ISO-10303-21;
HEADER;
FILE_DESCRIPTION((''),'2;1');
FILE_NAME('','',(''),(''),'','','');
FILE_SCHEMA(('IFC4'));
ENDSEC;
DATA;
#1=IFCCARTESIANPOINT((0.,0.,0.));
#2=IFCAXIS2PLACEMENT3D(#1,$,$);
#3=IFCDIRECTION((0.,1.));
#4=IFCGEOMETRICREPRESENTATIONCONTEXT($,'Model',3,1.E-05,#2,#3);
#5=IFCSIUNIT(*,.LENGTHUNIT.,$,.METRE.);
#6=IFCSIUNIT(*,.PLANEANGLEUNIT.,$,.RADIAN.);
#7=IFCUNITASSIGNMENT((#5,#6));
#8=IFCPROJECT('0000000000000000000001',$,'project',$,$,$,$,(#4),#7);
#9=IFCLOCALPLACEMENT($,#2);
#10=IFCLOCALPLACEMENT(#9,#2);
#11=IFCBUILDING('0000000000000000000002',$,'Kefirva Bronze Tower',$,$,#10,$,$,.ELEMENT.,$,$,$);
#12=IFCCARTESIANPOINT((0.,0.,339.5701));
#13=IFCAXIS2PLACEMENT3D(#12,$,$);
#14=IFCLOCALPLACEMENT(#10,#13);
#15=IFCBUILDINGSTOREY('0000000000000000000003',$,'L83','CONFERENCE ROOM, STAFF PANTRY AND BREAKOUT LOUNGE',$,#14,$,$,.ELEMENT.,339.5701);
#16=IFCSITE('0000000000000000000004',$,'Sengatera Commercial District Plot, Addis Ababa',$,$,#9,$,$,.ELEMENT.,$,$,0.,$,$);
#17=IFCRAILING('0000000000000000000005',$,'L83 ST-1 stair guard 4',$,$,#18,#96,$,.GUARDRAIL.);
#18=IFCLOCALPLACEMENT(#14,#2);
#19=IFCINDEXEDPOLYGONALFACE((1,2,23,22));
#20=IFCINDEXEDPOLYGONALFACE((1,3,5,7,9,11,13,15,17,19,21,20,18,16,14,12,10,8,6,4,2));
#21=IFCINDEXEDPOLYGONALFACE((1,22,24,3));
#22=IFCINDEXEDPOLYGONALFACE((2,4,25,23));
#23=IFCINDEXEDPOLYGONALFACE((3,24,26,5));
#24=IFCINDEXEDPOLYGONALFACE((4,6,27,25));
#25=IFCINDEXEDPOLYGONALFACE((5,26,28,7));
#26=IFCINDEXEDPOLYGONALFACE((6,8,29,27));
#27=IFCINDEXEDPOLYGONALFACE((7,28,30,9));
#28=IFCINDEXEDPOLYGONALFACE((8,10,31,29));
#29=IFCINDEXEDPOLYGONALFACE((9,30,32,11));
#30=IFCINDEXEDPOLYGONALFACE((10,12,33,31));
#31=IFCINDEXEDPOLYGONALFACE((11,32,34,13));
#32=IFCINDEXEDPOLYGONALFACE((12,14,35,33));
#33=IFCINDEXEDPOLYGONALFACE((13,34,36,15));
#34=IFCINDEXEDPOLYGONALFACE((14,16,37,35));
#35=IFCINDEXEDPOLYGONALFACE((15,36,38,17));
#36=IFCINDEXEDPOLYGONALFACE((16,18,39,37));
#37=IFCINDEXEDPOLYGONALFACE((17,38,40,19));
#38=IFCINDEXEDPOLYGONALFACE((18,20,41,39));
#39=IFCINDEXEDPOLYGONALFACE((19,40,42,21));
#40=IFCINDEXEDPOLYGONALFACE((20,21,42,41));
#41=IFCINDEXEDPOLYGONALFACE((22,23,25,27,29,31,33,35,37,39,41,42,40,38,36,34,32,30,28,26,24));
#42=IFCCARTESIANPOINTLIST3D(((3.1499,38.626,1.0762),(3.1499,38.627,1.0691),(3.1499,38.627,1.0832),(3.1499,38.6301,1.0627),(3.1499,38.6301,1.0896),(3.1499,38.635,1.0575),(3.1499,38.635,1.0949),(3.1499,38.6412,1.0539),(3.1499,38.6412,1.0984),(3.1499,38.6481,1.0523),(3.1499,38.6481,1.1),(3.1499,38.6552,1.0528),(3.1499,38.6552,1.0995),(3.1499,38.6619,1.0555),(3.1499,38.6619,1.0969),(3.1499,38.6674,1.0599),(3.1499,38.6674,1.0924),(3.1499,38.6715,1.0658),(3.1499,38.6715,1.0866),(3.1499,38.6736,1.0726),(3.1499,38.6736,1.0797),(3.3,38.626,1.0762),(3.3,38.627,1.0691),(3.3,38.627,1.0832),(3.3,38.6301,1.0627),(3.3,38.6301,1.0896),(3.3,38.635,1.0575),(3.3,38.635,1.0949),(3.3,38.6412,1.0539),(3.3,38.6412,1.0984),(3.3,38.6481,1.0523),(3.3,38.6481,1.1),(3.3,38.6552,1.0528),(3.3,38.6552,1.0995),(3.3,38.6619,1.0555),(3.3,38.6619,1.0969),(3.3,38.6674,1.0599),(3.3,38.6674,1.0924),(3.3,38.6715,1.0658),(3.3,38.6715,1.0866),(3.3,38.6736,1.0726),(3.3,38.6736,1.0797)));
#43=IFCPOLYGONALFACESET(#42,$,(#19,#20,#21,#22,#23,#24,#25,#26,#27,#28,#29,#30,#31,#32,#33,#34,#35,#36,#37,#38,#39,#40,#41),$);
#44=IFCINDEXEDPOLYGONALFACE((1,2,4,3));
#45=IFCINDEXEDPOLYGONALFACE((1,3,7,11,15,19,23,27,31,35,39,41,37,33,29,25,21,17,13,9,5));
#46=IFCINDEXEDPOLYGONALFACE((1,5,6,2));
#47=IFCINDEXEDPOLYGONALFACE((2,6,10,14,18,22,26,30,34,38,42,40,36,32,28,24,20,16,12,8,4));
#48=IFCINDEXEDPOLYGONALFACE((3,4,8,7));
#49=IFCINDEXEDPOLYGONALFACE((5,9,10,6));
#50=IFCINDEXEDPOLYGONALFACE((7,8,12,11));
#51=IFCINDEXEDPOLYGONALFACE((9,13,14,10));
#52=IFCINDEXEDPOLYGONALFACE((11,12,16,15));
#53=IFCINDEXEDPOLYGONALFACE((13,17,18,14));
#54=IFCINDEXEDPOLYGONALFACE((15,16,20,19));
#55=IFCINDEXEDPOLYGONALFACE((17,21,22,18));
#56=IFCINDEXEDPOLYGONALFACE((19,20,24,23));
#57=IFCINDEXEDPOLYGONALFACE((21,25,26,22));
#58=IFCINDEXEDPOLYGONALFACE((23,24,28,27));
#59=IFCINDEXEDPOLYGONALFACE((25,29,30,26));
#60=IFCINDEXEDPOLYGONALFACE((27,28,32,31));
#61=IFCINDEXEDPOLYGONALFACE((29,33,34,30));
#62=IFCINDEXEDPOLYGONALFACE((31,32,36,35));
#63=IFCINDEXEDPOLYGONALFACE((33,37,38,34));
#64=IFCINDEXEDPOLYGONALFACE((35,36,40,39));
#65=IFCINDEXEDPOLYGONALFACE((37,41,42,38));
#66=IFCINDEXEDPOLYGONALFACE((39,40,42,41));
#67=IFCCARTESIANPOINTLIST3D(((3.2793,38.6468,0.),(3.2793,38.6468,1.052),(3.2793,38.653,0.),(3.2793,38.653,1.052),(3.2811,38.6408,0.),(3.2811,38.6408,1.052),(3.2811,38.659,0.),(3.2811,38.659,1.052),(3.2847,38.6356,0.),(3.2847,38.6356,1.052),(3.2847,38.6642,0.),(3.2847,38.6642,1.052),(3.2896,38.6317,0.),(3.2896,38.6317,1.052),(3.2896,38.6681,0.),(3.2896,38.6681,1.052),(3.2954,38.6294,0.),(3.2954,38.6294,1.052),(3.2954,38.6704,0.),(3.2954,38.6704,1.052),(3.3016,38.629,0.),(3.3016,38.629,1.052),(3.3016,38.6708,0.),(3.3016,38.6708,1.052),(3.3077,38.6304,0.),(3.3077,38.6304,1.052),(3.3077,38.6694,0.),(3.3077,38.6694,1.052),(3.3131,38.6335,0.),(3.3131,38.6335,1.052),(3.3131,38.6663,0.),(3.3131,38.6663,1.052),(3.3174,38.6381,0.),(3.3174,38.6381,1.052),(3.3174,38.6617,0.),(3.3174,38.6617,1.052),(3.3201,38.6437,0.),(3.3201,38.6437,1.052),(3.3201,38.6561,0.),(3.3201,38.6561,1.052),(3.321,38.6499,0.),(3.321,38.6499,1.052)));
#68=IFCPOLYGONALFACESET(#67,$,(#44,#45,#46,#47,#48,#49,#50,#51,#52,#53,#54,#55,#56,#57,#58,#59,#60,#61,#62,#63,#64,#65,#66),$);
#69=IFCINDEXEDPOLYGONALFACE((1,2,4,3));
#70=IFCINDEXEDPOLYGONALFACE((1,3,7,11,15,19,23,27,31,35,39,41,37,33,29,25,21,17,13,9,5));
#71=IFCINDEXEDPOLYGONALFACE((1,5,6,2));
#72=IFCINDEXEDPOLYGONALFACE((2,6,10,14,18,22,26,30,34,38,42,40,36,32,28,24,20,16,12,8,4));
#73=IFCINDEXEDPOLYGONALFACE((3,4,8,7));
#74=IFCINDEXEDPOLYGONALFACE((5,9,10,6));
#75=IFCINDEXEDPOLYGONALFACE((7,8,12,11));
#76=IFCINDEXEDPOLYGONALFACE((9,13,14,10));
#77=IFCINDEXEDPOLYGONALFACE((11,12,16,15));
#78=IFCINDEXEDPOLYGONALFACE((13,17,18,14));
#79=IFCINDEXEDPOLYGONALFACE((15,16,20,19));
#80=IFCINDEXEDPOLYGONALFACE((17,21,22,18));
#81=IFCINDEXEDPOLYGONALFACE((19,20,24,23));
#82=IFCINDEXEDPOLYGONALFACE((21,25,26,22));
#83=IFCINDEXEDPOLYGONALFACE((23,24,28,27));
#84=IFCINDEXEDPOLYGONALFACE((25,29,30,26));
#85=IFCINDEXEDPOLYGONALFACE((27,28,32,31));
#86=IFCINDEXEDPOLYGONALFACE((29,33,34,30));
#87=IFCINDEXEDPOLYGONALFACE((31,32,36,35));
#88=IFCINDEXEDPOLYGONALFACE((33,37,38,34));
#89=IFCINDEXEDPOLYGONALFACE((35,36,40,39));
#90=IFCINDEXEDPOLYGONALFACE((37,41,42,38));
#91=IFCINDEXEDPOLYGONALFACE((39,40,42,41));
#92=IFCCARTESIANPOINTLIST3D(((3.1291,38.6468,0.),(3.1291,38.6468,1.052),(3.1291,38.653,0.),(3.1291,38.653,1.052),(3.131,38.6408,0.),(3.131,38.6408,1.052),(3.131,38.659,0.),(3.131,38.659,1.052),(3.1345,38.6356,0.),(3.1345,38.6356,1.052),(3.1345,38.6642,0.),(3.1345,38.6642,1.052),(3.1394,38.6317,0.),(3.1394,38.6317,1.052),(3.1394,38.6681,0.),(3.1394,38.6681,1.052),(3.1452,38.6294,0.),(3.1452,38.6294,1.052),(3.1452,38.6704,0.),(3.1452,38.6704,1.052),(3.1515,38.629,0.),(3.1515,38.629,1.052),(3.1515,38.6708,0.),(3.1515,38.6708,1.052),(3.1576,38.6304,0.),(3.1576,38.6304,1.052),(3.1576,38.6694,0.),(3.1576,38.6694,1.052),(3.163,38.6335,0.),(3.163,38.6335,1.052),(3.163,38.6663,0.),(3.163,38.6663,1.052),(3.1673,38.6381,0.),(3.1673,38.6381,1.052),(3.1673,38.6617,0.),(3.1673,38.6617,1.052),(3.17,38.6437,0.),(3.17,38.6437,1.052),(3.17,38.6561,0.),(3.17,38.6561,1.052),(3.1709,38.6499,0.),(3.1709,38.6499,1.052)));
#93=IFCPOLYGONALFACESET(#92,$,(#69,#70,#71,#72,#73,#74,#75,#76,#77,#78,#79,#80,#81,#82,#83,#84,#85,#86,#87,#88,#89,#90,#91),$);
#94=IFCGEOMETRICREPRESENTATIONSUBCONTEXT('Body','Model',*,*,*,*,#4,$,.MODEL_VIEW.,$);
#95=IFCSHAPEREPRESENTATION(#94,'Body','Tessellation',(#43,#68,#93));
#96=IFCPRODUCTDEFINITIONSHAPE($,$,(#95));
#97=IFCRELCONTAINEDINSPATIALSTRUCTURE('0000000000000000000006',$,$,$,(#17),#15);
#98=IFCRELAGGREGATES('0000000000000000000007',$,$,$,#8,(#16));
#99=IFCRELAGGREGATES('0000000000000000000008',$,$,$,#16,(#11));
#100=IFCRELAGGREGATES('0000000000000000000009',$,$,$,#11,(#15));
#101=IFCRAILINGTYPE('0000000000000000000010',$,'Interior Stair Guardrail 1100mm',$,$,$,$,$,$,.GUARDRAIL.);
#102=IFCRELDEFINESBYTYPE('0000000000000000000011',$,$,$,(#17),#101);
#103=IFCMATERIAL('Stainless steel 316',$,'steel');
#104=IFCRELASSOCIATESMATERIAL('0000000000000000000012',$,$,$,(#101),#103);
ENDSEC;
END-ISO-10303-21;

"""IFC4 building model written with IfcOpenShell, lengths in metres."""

from ifc_helpers import new_model, si_unit, direction, frame, origin, origin_2d, place, context, subcontext, project, spatial, circle, extrude, material, type_object, element, save


model = new_model("IFC4")

# Units and contexts
model_context = context("Model", 3, precision=1e-05, world=origin(), true_north=direction((0.0, 1.0)))
body_context = subcontext(model_context, "Body", "Model", "MODEL_VIEW")
ifc_project = project(units=[si_unit("LENGTHUNIT", "METRE"), si_unit("PLANEANGLEUNIT", "RADIAN")], contexts=[model_context])

# Site, building, storey
site_placement = place(None, origin())
site = spatial("IfcSite", under=ifc_project, at=site_placement, Name="Sengatera Commercial District Plot, Addis Ababa", CompositionType="ELEMENT", RefElevation=0.0)
building_placement = place(site_placement, origin())
building = spatial("IfcBuilding", under=site, at=building_placement, Name="Kefirva Bronze Tower", CompositionType="ELEMENT")
storey_placement = place(building_placement, frame((0.0, 0.0, 339.5701)))
storey = spatial("IfcBuildingStorey", under=building, at=storey_placement, Name="L83", Description="CONFERENCE ROOM, STAFF PANTRY AND BREAKOUT LOUNGE", CompositionType="ELEMENT", Elevation=339.5701)

# Railing
ifc_material_1 = material(Name="Stainless steel 316", Category="steel")
railing_type_1 = type_object("IfcRailingType", Name="Interior Stair Guardrail 1100mm", PredefinedType="GUARDRAIL", material=ifc_material_1)
railing_1_placement = place(storey_placement, frame((3.3, 38.6499, 0.0)))
element("IfcRailing", 1, at=railing_1_placement, inside=storey, type_object=railing_type_1, Name="L83 ST-1 stair guard 4", PredefinedType="GUARDRAIL", context=body_context, shape_type="SweptSolid", body=[
    extrude(circle(Radius=0.0239, at=origin_2d()), frame((0.0, 0.0, 1.0762), z_axis=(-1.0, 0.0, 0.0), x_axis=(0.0, -1.0, 0.0)), (0.0, 0.0, 1.0), 0.1501),
    extrude(circle(Radius=0.021, at=origin_2d()), origin(), (0.0, 0.0, 1.0), 1.052),
    extrude(circle(Radius=0.021, at=origin_2d()), frame((-0.1501, 0.0, 0.0)), (0.0, 0.0, 1.0), 1.052),
])

save(model, "model.ifc")
